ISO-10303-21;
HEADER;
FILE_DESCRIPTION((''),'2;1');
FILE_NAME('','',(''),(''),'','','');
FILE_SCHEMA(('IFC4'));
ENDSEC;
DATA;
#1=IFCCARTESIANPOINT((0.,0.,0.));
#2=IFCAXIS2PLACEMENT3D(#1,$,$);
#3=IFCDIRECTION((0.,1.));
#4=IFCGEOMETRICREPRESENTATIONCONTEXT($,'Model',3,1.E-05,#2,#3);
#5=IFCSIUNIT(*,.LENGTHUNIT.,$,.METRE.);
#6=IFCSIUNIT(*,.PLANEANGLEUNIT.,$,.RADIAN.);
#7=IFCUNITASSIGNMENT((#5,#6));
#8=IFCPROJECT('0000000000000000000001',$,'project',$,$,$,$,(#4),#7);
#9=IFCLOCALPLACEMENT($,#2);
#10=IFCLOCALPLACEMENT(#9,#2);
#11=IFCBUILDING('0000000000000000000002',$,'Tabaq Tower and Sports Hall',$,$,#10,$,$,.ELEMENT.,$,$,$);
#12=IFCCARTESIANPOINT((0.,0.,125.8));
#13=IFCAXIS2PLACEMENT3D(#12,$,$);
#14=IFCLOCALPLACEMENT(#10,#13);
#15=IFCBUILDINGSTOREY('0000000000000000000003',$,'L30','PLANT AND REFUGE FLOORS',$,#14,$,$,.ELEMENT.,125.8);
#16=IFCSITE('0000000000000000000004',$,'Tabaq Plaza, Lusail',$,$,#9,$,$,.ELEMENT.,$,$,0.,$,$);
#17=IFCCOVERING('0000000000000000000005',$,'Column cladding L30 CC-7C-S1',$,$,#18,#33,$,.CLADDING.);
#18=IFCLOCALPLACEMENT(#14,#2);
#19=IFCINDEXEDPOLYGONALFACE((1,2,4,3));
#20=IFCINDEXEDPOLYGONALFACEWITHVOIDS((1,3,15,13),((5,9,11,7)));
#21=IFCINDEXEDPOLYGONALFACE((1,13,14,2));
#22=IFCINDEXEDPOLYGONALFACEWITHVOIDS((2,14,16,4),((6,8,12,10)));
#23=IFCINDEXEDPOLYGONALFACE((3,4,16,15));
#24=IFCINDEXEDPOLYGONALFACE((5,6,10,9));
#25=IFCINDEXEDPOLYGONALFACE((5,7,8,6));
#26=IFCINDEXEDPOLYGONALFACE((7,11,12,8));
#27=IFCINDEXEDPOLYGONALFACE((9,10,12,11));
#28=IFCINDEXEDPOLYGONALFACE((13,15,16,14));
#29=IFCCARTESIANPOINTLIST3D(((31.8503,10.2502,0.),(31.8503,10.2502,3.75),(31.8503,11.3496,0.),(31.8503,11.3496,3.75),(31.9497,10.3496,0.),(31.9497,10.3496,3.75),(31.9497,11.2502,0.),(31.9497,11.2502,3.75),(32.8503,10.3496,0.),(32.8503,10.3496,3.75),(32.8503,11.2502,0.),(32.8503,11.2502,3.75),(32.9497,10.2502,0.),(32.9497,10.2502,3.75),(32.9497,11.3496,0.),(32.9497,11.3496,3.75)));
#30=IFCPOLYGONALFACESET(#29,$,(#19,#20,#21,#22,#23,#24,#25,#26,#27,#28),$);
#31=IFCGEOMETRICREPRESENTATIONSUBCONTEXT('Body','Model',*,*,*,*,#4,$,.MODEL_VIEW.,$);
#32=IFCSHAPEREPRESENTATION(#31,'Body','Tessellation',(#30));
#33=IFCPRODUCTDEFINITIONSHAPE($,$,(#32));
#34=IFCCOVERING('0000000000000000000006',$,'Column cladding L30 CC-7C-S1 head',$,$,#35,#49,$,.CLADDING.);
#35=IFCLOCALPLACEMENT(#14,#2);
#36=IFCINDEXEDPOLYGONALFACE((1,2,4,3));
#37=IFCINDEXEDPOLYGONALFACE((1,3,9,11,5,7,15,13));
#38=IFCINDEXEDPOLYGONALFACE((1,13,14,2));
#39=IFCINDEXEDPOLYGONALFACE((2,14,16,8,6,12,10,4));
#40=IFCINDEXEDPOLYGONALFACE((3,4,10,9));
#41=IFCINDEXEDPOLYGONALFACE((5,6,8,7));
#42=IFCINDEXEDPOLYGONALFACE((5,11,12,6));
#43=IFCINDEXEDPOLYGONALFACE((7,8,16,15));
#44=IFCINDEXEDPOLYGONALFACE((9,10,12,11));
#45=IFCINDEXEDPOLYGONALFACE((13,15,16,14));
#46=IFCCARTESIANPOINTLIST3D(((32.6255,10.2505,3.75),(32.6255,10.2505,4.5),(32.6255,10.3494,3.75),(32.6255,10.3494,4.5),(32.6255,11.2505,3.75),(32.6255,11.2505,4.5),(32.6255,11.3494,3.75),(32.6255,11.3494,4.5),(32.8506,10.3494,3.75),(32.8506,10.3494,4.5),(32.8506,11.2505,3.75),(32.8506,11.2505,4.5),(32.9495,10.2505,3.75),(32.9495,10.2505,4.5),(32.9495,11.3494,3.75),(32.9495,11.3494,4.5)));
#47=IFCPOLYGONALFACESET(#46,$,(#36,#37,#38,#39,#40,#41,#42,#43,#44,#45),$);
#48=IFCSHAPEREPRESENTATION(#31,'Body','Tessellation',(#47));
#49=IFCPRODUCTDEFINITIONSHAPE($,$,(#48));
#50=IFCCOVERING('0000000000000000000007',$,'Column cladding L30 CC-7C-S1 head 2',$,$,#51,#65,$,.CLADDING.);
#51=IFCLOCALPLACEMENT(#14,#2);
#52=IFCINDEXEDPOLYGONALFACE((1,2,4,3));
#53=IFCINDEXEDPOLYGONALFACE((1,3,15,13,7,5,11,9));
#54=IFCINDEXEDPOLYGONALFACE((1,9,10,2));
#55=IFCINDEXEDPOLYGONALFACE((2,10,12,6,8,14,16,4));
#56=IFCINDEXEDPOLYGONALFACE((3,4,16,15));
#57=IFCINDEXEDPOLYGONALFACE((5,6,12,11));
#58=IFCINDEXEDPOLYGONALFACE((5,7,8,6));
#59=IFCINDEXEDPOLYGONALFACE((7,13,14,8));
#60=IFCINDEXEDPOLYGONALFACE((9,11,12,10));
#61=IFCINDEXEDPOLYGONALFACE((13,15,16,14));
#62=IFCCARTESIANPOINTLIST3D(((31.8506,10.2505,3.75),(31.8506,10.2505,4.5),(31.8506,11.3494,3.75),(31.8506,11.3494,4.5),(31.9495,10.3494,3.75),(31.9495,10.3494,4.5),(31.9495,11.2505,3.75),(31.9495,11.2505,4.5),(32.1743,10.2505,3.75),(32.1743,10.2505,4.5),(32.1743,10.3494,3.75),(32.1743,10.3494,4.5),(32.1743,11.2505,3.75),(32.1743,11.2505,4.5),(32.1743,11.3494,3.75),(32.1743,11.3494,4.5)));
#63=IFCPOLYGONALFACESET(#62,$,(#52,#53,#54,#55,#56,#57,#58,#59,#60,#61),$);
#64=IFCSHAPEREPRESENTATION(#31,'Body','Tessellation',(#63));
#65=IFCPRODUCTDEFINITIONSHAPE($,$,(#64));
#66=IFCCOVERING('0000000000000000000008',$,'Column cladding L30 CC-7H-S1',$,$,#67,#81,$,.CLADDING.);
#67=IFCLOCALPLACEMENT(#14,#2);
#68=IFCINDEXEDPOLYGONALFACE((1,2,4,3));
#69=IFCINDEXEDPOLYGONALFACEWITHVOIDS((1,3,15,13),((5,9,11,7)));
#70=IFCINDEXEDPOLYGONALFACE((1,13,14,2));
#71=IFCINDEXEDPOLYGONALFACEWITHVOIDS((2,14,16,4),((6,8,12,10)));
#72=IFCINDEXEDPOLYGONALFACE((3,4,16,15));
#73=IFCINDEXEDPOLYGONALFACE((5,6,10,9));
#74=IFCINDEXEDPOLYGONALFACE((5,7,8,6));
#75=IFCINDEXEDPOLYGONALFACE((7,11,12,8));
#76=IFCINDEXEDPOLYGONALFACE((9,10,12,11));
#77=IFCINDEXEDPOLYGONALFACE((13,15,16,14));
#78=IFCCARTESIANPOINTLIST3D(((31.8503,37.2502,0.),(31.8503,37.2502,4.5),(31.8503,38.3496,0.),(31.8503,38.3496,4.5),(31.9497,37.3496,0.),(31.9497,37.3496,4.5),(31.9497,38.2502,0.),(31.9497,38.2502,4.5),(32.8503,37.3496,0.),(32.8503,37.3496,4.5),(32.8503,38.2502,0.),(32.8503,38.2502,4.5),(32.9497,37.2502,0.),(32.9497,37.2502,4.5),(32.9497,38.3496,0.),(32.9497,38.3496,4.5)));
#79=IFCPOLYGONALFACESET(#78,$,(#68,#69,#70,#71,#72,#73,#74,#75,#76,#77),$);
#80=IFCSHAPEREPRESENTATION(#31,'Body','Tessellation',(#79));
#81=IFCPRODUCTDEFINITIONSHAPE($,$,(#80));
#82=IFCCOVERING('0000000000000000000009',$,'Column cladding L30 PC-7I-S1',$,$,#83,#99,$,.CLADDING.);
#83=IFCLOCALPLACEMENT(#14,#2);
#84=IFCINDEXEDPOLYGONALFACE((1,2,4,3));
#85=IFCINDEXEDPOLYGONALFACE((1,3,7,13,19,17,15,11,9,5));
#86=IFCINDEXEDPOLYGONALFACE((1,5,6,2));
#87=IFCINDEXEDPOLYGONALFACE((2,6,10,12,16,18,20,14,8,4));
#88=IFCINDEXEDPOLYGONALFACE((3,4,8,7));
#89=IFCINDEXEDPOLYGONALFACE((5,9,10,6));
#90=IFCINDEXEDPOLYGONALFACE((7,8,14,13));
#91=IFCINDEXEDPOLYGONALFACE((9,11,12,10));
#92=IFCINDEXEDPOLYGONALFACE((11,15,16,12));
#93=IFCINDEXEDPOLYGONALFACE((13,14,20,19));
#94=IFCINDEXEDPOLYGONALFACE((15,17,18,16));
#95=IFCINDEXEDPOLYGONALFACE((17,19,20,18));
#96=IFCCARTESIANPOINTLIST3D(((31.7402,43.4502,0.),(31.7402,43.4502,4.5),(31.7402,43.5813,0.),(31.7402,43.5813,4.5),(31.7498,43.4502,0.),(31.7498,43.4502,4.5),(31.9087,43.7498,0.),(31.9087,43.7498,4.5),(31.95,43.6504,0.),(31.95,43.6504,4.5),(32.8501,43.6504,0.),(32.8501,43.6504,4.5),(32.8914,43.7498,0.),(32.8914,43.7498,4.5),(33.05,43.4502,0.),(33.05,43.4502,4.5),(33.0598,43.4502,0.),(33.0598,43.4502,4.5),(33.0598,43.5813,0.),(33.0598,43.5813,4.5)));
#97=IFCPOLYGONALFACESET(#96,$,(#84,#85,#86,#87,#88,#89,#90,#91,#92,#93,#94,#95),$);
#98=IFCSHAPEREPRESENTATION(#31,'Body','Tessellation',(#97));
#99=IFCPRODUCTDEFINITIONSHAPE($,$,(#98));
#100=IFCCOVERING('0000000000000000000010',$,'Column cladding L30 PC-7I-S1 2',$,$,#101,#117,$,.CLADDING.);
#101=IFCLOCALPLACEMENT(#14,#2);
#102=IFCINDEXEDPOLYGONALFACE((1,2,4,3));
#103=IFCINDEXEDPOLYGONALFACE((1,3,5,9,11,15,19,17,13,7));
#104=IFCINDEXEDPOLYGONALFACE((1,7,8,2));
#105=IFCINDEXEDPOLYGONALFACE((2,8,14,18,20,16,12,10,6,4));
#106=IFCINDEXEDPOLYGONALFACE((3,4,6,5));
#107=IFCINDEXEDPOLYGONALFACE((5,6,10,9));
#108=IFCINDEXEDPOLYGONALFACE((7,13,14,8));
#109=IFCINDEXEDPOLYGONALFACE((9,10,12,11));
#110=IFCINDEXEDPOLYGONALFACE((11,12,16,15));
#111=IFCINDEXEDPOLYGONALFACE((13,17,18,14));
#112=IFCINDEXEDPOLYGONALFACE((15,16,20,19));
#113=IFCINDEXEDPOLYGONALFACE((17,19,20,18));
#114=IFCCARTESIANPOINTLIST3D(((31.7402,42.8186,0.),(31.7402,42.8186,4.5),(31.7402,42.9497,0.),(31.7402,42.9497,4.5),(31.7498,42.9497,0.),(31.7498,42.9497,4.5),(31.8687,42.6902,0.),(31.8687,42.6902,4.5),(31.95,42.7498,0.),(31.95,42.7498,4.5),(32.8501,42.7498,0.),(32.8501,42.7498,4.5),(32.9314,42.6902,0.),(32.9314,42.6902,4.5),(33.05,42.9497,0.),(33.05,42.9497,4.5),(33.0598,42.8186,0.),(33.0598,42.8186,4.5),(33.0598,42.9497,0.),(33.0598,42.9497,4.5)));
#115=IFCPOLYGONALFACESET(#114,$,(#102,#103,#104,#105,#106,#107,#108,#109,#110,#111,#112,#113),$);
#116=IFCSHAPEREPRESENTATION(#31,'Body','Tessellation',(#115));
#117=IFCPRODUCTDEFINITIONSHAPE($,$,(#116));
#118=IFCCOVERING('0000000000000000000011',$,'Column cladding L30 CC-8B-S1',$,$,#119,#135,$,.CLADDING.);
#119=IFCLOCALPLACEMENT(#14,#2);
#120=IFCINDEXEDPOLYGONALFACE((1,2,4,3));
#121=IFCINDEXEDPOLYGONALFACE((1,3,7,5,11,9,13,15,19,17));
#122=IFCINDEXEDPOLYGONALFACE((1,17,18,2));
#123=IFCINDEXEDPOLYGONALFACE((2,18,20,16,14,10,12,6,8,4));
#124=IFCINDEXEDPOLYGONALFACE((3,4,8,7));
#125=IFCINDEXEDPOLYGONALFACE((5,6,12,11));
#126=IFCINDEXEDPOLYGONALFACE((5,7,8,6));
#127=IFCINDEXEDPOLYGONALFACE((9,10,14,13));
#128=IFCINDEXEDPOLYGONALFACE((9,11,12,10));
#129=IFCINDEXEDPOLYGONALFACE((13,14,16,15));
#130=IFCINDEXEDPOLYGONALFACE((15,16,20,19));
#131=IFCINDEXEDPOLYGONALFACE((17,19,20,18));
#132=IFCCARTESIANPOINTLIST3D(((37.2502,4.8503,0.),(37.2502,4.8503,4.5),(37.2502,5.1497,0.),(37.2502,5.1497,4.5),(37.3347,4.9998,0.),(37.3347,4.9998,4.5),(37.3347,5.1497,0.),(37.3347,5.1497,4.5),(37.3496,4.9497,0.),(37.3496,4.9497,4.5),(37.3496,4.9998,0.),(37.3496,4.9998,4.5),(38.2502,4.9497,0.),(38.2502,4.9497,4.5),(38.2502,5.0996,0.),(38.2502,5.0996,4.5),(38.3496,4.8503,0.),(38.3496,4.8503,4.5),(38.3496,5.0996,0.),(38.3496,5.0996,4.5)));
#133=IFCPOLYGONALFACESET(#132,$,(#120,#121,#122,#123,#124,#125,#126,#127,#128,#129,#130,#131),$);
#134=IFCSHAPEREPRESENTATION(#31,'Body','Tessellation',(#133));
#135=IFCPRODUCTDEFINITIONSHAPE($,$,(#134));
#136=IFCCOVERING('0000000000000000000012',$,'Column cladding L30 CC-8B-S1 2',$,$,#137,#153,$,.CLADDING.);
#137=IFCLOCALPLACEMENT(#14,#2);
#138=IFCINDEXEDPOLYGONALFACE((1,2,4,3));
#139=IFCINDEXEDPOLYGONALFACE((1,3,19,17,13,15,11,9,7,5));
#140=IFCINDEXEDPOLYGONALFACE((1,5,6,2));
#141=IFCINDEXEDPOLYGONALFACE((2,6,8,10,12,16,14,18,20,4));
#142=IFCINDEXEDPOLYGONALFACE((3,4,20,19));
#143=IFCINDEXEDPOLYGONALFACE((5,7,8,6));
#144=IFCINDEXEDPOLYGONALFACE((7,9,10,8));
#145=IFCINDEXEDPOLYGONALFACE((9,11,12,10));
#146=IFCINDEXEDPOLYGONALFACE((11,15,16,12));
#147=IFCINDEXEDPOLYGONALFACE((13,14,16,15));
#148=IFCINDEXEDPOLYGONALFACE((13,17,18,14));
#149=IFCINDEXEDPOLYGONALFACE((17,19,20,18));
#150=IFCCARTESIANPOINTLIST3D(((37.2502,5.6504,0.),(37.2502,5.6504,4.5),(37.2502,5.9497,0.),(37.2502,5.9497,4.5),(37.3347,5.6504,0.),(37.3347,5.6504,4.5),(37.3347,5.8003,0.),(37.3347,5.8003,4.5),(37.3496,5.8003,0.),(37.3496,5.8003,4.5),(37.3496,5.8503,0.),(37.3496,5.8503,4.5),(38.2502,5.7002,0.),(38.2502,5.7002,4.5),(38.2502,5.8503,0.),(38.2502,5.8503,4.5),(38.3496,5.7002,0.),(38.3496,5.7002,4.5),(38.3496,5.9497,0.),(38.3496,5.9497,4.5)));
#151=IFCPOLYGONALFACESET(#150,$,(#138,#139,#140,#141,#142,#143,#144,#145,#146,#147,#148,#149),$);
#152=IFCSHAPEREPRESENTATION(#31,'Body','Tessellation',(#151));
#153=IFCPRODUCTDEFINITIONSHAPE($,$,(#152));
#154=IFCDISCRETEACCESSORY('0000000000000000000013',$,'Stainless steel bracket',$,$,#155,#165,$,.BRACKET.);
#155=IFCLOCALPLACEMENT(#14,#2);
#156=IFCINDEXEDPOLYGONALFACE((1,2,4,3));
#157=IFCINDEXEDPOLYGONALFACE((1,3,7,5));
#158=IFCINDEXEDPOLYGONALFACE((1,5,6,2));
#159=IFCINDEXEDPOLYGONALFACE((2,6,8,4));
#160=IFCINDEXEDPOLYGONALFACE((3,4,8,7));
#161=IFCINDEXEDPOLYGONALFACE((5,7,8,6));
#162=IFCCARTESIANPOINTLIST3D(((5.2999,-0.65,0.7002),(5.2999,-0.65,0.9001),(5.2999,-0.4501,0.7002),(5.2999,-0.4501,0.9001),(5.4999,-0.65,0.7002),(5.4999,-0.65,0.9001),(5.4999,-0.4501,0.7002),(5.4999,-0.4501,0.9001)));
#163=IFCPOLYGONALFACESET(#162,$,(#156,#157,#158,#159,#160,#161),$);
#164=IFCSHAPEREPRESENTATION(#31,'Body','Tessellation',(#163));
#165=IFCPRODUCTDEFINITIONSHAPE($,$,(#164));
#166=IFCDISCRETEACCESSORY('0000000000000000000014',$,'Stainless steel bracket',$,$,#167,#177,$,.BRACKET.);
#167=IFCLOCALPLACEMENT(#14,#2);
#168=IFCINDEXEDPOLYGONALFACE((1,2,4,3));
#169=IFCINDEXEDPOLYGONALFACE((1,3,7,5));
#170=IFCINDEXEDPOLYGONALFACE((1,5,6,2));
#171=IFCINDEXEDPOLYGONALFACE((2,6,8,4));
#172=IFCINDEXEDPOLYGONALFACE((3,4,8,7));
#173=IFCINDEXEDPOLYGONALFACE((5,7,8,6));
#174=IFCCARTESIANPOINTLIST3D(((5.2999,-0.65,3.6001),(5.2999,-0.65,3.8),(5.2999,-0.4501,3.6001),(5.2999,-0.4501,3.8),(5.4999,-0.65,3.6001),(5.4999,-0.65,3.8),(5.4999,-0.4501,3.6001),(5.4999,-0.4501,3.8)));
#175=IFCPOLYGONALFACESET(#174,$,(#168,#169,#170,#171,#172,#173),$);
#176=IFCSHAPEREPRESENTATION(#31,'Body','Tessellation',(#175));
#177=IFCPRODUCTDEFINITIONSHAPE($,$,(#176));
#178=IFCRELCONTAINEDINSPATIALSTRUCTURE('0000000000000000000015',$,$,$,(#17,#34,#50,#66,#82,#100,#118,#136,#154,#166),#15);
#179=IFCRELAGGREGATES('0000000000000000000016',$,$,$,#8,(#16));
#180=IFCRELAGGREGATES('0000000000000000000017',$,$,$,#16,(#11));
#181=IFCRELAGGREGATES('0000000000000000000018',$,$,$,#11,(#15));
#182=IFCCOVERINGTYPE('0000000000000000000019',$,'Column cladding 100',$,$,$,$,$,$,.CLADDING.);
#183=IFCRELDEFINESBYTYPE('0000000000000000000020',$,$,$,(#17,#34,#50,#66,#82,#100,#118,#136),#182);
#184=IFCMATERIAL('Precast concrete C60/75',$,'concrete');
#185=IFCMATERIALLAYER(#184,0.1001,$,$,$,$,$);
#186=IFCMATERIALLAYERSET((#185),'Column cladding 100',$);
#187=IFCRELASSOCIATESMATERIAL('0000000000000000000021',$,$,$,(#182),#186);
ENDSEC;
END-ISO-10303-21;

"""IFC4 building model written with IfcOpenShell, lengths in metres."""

from ifc_helpers import new_model, si_unit, direction, frame, origin, origin_2d, place, context, subcontext, project, spatial, polyline, rectangle, outline, extrude, material, layer, layer_set, type_object, element, save


model = new_model("IFC4")

# Units and contexts
model_context = context("Model", 3, precision=1e-05, world=origin(), true_north=direction((0.0, 1.0)))
body_context = subcontext(model_context, "Body", "Model", "MODEL_VIEW")
ifc_project = project(units=[si_unit("LENGTHUNIT", "METRE"), si_unit("PLANEANGLEUNIT", "RADIAN")], contexts=[model_context])

# Site, building, storey
site_placement = place(None, origin())
site = spatial("IfcSite", under=ifc_project, at=site_placement, Name="Tabaq Plaza, Lusail", CompositionType="ELEMENT", RefElevation=0.0)
building_placement = place(site_placement, origin())
building = spatial("IfcBuilding", under=site, at=building_placement, Name="Tabaq Tower and Sports Hall", CompositionType="ELEMENT")
storey_placement = place(building_placement, frame((0.0, 0.0, 125.8)))
storey = spatial("IfcBuildingStorey", under=building, at=storey_placement, Name="L30", Description="PLANT AND REFUGE FLOORS", CompositionType="ELEMENT", Elevation=125.8)

# Coverings
ifc_material_1 = material(Name="Precast concrete C60/75", Category="concrete")
ifc_layer_1 = layer(ifc_material_1, 0.1001)
ifc_layer_set_1 = layer_set([ifc_layer_1], Name="Column cladding 100")
covering_type = type_object("IfcCoveringType", Name="Column cladding 100", PredefinedType="CLADDING", material=ifc_layer_set_1)
covering_1_placement = place(storey_placement, origin())
element("IfcCovering", 1, at=covering_1_placement, inside=storey, type_object=covering_type, Name="Column cladding L30 CC-7C-S1", PredefinedType="CLADDING", context=body_context, shape_type="SweptSolid", body=[
    extrude(outline(polyline([(31.8503, 11.3496), (32.9497, 11.3496), (32.9497, 10.2502), (31.8503, 10.2502), (31.8503, 11.3496)]), holes=[polyline([(32.8503, 10.3496), (32.8503, 11.2502), (31.9497, 11.2502), (31.9497, 10.3496), (32.8503, 10.3496)])]), origin(), (0.0, 0.0, 1.0), 3.75),
])
covering_2_placement = place(storey_placement, frame((0.0, 0.0, 3.75)))
element("IfcCovering", 2, at=covering_2_placement, inside=storey, type_object=covering_type, Name="Column cladding L30 CC-7C-S1 head", PredefinedType="CLADDING", context=body_context, shape_type="SweptSolid", body=[
    extrude(outline(polyline([(32.6255, 10.3494), (32.8506, 10.3494), (32.8506, 11.2505), (32.6255, 11.2505), (32.6255, 11.3494), (32.9495, 11.3494), (32.9495, 10.2505), (32.6255, 10.2505), (32.6255, 10.3494)])), origin(), (0.0, 0.0, 1.0), 0.75),
])
covering_3_placement = place(storey_placement, frame((0.0, 0.0, 3.75)))
element("IfcCovering", 3, at=covering_3_placement, inside=storey, type_object=covering_type, Name="Column cladding L30 CC-7C-S1 head 2", PredefinedType="CLADDING", context=body_context, shape_type="SweptSolid", body=[
    extrude(outline(polyline([(32.1743, 10.3494), (32.1743, 10.2505), (31.8506, 10.2505), (31.8506, 11.3494), (32.1743, 11.3494), (32.1743, 11.2505), (31.9495, 11.2505), (31.9495, 10.3494), (32.1743, 10.3494)])), origin(), (0.0, 0.0, 1.0), 0.75),
])
covering_4_placement = place(storey_placement, origin())
element("IfcCovering", 4, at=covering_4_placement, inside=storey, type_object=covering_type, Name="Column cladding L30 CC-7H-S1", PredefinedType="CLADDING", context=body_context, shape_type="SweptSolid", body=[
    extrude(outline(polyline([(31.8503, 38.3496), (32.9497, 38.3496), (32.9497, 37.2502), (31.8503, 37.2502), (31.8503, 38.3496)]), holes=[polyline([(32.8503, 37.3496), (32.8503, 38.2502), (31.9497, 38.2502), (31.9497, 37.3496), (32.8503, 37.3496)])]), origin(), (0.0, 0.0, 1.0), 4.5),
])
covering_5_placement = place(storey_placement, origin())
element("IfcCovering", 5, at=covering_5_placement, inside=storey, type_object=covering_type, Name="Column cladding L30 PC-7I-S1", PredefinedType="CLADDING", context=body_context, shape_type="SweptSolid", body=[
    extrude(outline(polyline([(31.9087, 43.7498), (32.8914, 43.7498), (33.0598, 43.5813), (33.0598, 43.4502), (33.05, 43.4502), (32.8501, 43.6504), (31.95, 43.6504), (31.7498, 43.4502), (31.7402, 43.4502), (31.7402, 43.5813), (31.9087, 43.7498)])), origin(), (0.0, 0.0, 1.0), 4.5),
])
covering_6_placement = place(storey_placement, origin())
element("IfcCovering", 6, at=covering_6_placement, inside=storey, type_object=covering_type, Name="Column cladding L30 PC-7I-S1 2", PredefinedType="CLADDING", context=body_context, shape_type="SweptSolid", body=[
    extrude(outline(polyline([(32.9314, 42.6902), (31.8687, 42.6902), (31.7402, 42.8186), (31.7402, 42.9497), (31.7498, 42.9497), (31.95, 42.7498), (32.8501, 42.7498), (33.05, 42.9497), (33.0598, 42.9497), (33.0598, 42.8186), (32.9314, 42.6902)])), origin(), (0.0, 0.0, 1.0), 4.5),
])
covering_7_placement = place(storey_placement, origin())
element("IfcCovering", 7, at=covering_7_placement, inside=storey, type_object=covering_type, Name="Column cladding L30 CC-8B-S1", PredefinedType="CLADDING", context=body_context, shape_type="SweptSolid", body=[
    extrude(outline(polyline([(38.3496, 4.8503), (37.2502, 4.8503), (37.2502, 5.1497), (37.3347, 5.1497), (37.3347, 4.9998), (37.3496, 4.9998), (37.3496, 4.9497), (38.2502, 4.9497), (38.2502, 5.0996), (38.3496, 5.0996), (38.3496, 4.8503)])), origin(), (0.0, 0.0, 1.0), 4.5),
])
covering_8_placement = place(storey_placement, origin())
element("IfcCovering", 8, at=covering_8_placement, inside=storey, type_object=covering_type, Name="Column cladding L30 CC-8B-S1 2", PredefinedType="CLADDING", context=body_context, shape_type="SweptSolid", body=[
    extrude(outline(polyline([(38.3496, 5.9497), (38.3496, 5.7002), (38.2502, 5.7002), (38.2502, 5.8503), (37.3496, 5.8503), (37.3496, 5.8003), (37.3347, 5.8003), (37.3347, 5.6504), (37.2502, 5.6504), (37.2502, 5.9497), (38.3496, 5.9497)])), origin(), (0.0, 0.0, 1.0), 4.5),
])

# Discrete accessories
for number, where, z_axis, x_axis, name in (
    (9, (5.3999, -0.55, 0.7002), (0.0, 0.0, 1.0), (0.0, 1.0, 0.0), "Stainless steel bracket"),
    (10, (5.3999, -0.55, 3.6001), (0.0, 0.0, 1.0), (0.0, 1.0, 0.0), "Stainless steel bracket"),
):
    element("IfcDiscreteAccessory", number, at=place(storey_placement, frame(where, z_axis=z_axis, x_axis=x_axis)), inside=storey, Name=name, PredefinedType="BRACKET", context=body_context, shape_type="SweptSolid", body=[
        extrude(rectangle(XDim=0.2, YDim=0.2, at=origin_2d()), origin(), (0.0, 0.0, 1.0), 0.2),
    ])

save(model, "model.ifc")
